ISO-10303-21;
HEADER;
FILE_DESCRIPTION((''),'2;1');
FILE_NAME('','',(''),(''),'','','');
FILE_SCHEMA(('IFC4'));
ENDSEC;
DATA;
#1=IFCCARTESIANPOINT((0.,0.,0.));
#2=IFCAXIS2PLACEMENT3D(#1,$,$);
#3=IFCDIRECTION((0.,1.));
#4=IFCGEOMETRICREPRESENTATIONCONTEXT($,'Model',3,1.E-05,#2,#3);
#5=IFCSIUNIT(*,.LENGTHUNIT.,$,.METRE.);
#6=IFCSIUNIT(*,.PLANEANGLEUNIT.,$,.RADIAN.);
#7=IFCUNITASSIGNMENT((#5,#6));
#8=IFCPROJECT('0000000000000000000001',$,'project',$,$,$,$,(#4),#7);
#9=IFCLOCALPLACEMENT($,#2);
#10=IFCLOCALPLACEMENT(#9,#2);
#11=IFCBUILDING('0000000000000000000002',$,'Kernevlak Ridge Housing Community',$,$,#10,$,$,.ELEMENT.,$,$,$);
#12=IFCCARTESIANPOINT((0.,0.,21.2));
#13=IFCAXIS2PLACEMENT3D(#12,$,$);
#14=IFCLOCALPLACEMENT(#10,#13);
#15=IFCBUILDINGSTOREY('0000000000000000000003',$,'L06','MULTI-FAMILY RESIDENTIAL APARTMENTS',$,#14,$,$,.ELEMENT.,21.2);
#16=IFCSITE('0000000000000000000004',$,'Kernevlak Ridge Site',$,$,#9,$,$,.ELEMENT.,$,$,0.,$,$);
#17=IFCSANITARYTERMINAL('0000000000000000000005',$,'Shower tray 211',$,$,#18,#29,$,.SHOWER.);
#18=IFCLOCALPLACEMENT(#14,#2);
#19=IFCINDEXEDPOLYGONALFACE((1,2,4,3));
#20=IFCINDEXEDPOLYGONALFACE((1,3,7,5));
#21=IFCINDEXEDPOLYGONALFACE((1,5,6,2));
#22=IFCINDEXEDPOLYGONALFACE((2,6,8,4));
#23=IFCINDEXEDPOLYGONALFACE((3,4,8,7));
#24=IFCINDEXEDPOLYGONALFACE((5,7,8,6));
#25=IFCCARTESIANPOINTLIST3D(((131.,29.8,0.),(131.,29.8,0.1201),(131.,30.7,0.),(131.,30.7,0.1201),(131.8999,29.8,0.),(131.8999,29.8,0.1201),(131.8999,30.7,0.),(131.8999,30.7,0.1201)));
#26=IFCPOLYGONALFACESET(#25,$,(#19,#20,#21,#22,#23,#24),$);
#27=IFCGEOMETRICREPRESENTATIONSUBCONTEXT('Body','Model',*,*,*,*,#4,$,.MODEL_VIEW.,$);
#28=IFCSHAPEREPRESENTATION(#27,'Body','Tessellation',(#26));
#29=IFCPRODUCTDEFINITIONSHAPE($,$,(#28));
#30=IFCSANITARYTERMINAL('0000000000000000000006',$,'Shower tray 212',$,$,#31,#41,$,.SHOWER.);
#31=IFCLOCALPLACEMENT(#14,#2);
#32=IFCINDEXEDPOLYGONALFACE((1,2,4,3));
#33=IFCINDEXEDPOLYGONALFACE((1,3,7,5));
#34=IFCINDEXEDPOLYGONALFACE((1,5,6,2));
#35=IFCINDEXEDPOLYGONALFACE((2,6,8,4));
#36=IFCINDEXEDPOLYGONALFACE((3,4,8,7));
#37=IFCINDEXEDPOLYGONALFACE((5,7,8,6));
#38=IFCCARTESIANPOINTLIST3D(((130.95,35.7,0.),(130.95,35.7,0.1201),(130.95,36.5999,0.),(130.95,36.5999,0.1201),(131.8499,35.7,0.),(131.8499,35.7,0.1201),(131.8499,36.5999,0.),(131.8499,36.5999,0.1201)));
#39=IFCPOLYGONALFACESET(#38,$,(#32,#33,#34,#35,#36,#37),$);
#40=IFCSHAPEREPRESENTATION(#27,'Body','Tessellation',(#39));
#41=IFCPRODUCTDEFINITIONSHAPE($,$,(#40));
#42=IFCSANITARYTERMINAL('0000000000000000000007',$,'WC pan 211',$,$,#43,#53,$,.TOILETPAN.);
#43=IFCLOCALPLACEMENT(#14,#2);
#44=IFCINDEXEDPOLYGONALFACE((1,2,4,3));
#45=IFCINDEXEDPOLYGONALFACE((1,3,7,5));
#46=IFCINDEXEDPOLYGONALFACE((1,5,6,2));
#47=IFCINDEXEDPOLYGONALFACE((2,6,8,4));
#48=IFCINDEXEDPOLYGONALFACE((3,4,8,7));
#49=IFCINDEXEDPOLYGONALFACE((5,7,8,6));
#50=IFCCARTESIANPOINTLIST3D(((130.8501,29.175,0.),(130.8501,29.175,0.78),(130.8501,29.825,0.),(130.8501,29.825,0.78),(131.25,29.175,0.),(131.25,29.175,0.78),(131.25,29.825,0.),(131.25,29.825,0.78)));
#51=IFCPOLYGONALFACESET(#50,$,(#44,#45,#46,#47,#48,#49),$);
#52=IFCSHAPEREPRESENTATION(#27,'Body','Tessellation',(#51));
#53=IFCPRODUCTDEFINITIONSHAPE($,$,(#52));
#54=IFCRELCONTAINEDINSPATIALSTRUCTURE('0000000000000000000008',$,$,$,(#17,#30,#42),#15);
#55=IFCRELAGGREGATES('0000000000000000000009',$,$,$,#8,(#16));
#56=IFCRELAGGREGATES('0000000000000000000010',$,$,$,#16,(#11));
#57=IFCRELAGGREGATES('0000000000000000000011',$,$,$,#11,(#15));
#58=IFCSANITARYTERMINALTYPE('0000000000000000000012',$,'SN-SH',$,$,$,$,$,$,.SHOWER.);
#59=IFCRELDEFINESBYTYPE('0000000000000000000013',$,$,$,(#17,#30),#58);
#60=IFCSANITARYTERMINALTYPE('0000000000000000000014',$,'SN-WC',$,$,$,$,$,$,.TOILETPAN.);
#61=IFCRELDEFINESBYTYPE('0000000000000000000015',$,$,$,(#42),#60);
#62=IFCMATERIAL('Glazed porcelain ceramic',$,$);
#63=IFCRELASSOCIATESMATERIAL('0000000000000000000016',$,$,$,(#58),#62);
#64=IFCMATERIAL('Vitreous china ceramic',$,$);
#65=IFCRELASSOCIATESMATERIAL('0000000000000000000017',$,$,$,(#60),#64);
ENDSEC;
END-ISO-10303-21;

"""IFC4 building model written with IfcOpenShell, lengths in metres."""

from ifc_helpers import new_model, si_unit, direction, frame, origin, origin_2d, place, context, subcontext, project, spatial, rectangle, extrude, material, type_object, element, save


model = new_model("IFC4")

# Units and contexts
model_context = context("Model", 3, precision=1e-05, world=origin(), true_north=direction((0.0, 1.0)))
body_context = subcontext(model_context, "Body", "Model", "MODEL_VIEW")
ifc_project = project(units=[si_unit("LENGTHUNIT", "METRE"), si_unit("PLANEANGLEUNIT", "RADIAN")], contexts=[model_context])

# Site, building, storey
site_placement = place(None, origin())
site = spatial("IfcSite", under=ifc_project, at=site_placement, Name="Kernevlak Ridge Site", CompositionType="ELEMENT", RefElevation=0.0)
building_placement = place(site_placement, origin())
building = spatial("IfcBuilding", under=site, at=building_placement, Name="Kernevlak Ridge Housing Community", CompositionType="ELEMENT")
storey_placement = place(building_placement, frame((0.0, 0.0, 21.2)))
storey = spatial("IfcBuildingStorey", under=building, at=storey_placement, Name="L06", Description="MULTI-FAMILY RESIDENTIAL APARTMENTS", CompositionType="ELEMENT", Elevation=21.2)

# Sanitary terminals
ifc_material_1 = material(Name="Vitreous china ceramic")
ifc_material_2 = material(Name="Glazed porcelain ceramic")
sanitary_terminal_type_1 = type_object("IfcSanitaryTerminalType", Name="SN-SH", PredefinedType="SHOWER", material=ifc_material_2)
for number, where, z_axis, x_axis, name in (
    (1, (131.45, 30.25, 0.0), (0.0, 0.0, 1.0), (1.0, 0.0, 0.0), "Shower tray 211"),
    (2, (131.3999, 36.1499, 0.0), (0.0, 0.0, 1.0), (1.0, 0.0, 0.0), "Shower tray 212"),
):
    element("IfcSanitaryTerminal", number, at=place(storey_placement, frame(where, z_axis=z_axis, x_axis=x_axis)), inside=storey, type_object=sanitary_terminal_type_1, Name=name, PredefinedType="SHOWER", context=body_context, shape_type="SweptSolid", body=[
        extrude(rectangle(XDim=0.8999, YDim=0.8999, at=origin_2d()), origin(), (0.0, 0.0, 1.0), 0.1201),
    ])
sanitary_terminal_type_2 = type_object("IfcSanitaryTerminalType", Name="SN-WC", PredefinedType="TOILETPAN", material=ifc_material_1)
sanitary_terminal_placement = place(storey_placement, frame((131.05, 29.5, 0.0), z_axis=(0.0, 0.0, 1.0), x_axis=(1.0, 0.0, 0.0)))
element("IfcSanitaryTerminal", 3, at=sanitary_terminal_placement, inside=storey, type_object=sanitary_terminal_type_2, Name="WC pan 211", PredefinedType="TOILETPAN", context=body_context, shape_type="SweptSolid", body=[
    extrude(rectangle(XDim=0.3999, YDim=0.6499, at=origin_2d()), origin(), (0.0, 0.0, 1.0), 0.78),
])

save(model, "model.ifc")
